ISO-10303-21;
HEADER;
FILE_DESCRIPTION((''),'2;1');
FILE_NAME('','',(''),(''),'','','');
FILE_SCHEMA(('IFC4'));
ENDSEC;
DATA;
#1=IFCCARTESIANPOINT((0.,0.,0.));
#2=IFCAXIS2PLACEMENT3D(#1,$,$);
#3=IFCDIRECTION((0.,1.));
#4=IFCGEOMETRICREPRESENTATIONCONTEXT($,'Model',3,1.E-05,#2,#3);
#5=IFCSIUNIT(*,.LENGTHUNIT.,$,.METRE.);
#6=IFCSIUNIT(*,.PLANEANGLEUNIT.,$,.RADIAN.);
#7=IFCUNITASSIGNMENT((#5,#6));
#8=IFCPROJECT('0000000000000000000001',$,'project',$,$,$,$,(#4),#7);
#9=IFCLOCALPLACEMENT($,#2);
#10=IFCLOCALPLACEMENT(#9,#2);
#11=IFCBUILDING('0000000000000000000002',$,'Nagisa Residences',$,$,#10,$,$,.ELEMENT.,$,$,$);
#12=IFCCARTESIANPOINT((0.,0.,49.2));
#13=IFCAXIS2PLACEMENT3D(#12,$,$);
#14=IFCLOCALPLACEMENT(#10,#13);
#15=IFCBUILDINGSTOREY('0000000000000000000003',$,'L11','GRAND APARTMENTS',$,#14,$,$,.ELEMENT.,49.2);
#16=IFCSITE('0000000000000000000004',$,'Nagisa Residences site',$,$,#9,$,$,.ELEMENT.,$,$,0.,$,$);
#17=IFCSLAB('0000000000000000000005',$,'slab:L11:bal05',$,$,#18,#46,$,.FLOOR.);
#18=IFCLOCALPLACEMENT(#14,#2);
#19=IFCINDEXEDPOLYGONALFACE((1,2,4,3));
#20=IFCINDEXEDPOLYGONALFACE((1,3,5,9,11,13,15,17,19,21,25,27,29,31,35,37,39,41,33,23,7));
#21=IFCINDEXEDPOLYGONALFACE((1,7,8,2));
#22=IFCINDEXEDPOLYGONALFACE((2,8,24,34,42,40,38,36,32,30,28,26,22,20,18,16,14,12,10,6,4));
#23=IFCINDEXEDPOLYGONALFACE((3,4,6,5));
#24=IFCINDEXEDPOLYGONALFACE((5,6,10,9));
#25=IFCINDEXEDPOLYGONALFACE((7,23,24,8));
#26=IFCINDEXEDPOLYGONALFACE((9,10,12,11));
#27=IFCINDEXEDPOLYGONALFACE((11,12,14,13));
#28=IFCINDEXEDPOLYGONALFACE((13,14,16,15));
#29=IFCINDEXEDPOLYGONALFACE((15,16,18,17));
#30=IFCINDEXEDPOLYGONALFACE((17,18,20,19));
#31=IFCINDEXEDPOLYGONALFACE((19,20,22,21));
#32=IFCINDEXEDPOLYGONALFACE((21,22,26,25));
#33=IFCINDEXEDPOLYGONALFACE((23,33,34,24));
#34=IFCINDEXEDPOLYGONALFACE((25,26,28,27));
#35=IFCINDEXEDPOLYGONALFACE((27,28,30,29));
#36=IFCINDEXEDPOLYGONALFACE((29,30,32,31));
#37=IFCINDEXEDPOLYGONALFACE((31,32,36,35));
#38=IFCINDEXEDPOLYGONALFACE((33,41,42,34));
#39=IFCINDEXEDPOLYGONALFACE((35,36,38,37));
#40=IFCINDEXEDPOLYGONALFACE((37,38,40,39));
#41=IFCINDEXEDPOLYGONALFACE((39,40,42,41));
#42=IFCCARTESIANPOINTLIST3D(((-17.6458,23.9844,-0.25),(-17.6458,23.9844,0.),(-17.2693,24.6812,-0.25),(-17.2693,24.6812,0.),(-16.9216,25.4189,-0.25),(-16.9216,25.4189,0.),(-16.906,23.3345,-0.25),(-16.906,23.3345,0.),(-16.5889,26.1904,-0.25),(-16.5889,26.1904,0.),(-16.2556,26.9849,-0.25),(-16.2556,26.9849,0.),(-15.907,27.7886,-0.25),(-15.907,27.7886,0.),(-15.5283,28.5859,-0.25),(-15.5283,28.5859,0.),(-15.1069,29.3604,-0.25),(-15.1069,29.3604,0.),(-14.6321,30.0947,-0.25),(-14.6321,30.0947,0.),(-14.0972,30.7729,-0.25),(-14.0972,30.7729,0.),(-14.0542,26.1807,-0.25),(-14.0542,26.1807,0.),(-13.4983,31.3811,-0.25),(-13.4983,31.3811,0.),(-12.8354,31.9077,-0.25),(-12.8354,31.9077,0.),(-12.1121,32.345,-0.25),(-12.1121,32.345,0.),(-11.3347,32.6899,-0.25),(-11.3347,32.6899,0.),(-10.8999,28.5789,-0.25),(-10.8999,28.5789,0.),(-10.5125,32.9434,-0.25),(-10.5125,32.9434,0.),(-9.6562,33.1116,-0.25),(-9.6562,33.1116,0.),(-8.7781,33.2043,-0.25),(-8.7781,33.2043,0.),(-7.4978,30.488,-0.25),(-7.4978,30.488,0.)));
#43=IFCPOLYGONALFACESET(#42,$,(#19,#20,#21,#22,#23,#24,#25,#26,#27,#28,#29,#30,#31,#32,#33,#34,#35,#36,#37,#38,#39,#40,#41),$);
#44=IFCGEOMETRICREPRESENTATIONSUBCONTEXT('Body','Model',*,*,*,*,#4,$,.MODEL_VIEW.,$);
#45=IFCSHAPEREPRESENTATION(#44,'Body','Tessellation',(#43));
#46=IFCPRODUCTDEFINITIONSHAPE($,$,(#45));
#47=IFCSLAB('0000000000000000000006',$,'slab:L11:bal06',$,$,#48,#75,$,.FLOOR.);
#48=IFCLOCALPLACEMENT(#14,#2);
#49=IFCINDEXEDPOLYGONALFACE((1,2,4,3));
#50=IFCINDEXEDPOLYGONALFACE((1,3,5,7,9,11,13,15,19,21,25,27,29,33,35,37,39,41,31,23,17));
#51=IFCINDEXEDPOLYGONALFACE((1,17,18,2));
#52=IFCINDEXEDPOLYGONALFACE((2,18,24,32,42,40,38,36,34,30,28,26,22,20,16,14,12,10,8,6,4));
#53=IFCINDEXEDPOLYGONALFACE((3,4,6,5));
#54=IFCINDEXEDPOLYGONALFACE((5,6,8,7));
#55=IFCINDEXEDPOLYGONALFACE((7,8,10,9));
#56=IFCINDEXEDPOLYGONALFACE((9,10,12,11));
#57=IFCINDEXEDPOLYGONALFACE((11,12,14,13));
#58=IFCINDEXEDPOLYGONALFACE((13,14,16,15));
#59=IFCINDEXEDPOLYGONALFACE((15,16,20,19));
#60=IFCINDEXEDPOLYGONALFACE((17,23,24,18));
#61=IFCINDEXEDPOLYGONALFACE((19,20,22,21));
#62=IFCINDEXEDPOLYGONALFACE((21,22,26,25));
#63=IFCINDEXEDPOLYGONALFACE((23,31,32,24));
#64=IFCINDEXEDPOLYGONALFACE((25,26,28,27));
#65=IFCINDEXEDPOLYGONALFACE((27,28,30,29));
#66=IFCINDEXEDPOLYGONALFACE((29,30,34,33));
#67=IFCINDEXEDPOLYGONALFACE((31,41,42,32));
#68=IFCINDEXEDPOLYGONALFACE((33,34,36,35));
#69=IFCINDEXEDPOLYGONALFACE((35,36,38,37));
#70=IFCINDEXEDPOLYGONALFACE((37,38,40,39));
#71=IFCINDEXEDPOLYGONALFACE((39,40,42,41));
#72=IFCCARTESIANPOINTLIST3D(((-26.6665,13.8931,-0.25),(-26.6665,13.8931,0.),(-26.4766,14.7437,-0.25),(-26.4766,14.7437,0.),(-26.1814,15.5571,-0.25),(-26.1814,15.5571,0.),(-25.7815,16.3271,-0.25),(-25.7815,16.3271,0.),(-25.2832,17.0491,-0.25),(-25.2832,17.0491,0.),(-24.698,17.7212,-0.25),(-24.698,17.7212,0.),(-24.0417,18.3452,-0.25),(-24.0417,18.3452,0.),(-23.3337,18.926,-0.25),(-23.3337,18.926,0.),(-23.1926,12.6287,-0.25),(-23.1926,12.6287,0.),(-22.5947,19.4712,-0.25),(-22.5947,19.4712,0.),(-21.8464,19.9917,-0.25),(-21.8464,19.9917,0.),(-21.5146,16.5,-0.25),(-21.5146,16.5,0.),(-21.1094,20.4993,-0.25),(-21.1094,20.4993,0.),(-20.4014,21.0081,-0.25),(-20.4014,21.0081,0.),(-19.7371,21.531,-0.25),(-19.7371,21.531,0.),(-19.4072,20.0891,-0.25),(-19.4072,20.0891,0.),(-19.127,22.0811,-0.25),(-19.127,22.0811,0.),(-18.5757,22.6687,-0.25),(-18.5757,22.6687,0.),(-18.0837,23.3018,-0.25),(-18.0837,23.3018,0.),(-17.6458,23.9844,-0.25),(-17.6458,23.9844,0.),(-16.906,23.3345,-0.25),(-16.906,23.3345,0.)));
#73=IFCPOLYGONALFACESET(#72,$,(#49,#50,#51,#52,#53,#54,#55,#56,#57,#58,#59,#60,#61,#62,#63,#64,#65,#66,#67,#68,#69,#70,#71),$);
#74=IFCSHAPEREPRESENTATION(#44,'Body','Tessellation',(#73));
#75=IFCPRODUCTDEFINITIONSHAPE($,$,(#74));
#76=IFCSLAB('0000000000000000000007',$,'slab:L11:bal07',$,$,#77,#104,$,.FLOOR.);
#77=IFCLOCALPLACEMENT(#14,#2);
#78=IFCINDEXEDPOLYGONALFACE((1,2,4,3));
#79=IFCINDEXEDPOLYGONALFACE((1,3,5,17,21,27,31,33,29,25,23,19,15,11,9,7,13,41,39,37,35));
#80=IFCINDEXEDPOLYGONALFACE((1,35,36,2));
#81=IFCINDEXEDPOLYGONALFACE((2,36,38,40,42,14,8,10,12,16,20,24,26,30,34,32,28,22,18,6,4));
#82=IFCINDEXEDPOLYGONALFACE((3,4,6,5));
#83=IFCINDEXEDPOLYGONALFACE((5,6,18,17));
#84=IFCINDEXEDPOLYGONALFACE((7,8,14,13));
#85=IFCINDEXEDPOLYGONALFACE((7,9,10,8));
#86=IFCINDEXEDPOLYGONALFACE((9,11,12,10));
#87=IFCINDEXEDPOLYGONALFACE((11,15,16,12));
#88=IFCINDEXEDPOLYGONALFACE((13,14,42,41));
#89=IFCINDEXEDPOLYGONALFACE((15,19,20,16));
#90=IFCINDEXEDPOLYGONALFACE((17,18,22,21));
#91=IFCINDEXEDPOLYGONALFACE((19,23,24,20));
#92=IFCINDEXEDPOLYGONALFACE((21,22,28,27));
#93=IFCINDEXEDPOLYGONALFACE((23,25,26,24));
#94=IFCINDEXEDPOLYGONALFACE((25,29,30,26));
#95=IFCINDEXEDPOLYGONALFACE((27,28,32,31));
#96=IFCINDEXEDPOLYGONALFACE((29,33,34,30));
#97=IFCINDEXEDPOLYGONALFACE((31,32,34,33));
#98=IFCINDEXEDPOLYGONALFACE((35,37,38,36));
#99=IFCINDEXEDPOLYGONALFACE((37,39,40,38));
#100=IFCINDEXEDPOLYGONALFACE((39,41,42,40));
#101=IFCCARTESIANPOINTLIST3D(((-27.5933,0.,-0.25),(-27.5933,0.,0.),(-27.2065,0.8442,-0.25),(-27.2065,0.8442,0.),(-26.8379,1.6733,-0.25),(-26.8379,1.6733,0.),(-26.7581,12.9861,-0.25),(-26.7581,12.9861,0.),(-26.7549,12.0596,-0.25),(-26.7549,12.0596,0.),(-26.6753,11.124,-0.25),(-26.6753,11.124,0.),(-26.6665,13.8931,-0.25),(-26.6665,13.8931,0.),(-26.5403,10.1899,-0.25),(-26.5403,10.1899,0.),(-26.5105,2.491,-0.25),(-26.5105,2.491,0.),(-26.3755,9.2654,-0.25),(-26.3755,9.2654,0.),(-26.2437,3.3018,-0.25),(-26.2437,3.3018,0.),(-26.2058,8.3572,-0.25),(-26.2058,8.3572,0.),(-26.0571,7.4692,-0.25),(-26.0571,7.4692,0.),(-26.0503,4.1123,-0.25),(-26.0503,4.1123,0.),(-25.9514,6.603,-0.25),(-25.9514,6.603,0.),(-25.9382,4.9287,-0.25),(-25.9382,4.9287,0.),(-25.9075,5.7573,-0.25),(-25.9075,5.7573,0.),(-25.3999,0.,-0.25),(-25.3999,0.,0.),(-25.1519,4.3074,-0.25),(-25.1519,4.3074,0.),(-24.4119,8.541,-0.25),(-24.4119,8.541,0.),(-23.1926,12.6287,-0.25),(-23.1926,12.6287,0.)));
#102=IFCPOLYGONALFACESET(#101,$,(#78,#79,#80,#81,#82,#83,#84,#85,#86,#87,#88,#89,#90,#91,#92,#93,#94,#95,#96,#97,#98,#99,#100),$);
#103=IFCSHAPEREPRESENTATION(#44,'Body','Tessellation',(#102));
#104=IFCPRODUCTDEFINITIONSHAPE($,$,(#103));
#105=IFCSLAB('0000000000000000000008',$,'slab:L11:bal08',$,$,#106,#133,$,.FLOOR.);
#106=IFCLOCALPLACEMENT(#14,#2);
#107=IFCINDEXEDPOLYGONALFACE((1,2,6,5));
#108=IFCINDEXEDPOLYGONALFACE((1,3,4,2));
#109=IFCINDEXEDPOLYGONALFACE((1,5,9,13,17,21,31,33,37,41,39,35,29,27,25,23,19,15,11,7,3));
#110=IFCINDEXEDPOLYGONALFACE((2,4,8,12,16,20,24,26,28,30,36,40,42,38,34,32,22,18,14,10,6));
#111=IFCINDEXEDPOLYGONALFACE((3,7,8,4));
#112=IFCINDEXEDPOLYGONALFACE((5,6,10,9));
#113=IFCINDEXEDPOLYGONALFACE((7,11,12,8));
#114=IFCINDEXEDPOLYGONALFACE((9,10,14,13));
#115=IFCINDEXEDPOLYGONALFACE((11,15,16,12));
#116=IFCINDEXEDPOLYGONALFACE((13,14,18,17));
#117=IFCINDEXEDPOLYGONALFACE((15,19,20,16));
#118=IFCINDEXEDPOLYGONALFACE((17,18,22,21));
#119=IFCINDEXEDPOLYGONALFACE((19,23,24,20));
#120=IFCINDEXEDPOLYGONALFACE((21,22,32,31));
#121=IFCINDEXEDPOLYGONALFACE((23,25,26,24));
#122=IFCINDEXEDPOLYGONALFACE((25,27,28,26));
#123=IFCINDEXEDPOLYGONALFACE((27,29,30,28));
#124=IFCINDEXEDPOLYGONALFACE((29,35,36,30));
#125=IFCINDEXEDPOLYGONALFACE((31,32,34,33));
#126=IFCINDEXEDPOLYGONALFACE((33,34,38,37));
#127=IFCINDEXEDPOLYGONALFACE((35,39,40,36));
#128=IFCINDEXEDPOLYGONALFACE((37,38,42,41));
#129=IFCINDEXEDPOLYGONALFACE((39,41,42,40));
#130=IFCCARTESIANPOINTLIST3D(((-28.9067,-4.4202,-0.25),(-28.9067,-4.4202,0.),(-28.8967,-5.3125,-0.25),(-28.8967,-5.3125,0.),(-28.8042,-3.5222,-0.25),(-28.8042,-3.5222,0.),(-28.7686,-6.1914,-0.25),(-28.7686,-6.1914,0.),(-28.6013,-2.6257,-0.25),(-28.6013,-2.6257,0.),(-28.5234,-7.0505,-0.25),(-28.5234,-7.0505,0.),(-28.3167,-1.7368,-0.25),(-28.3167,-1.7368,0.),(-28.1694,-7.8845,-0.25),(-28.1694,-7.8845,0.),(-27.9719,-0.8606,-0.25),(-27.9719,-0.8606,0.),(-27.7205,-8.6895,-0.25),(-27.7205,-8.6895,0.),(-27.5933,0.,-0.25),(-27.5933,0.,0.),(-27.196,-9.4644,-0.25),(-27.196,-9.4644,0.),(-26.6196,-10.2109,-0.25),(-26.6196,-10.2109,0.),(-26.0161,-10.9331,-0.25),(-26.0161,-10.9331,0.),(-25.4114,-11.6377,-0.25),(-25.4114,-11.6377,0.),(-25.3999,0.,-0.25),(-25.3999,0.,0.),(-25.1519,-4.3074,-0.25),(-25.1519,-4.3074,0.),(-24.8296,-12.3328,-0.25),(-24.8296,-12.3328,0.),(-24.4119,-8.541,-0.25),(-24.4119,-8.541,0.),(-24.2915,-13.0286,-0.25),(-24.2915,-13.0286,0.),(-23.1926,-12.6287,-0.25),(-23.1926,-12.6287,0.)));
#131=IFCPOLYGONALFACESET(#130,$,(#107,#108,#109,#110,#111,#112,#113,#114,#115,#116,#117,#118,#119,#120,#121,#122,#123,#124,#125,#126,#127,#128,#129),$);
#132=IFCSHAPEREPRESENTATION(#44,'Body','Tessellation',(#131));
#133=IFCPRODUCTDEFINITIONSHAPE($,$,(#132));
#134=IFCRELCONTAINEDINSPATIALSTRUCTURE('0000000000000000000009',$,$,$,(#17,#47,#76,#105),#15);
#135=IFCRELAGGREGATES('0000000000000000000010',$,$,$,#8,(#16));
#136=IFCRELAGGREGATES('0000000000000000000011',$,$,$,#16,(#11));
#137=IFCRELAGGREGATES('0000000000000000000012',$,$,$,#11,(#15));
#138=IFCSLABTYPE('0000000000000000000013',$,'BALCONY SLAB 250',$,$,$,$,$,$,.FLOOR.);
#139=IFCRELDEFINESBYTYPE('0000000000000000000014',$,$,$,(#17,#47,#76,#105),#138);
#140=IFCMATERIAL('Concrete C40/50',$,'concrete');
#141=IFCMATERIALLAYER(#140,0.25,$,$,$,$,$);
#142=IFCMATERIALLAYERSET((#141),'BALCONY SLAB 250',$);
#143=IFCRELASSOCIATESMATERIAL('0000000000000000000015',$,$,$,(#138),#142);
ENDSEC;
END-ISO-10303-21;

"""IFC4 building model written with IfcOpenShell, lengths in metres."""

from ifc_helpers import new_model, si_unit, direction, frame, origin, place, context, subcontext, project, spatial, polyline, outline, extrude, material, layer, layer_set, type_object, element, save


model = new_model("IFC4")

# Units and contexts
model_context = context("Model", 3, precision=1e-05, world=origin(), true_north=direction((0.0, 1.0)))
body_context = subcontext(model_context, "Body", "Model", "MODEL_VIEW")
ifc_project = project(units=[si_unit("LENGTHUNIT", "METRE"), si_unit("PLANEANGLEUNIT", "RADIAN")], contexts=[model_context])

# Site, building, storey
site_placement = place(None, origin())
site = spatial("IfcSite", under=ifc_project, at=site_placement, Name="Nagisa Residences site", CompositionType="ELEMENT", RefElevation=0.0)
building_placement = place(site_placement, origin())
building = spatial("IfcBuilding", under=site, at=building_placement, Name="Nagisa Residences", CompositionType="ELEMENT")
storey_placement = place(building_placement, frame((0.0, 0.0, 49.2)))
storey = spatial("IfcBuildingStorey", under=building, at=storey_placement, Name="L11", Description="GRAND APARTMENTS", CompositionType="ELEMENT", Elevation=49.2)

# Slabs
ifc_material_1 = material(Name="Concrete C40/50", Category="concrete")
ifc_layer_1 = layer(ifc_material_1, 0.25)
ifc_layer_set_1 = layer_set([ifc_layer_1], Name="BALCONY SLAB 250")
slab_type_1 = type_object("IfcSlabType", Name="BALCONY SLAB 250", PredefinedType="FLOOR", material=ifc_layer_set_1)
slab_1_placement = place(storey_placement, frame((0.0, 0.0, -0.25)))
element("IfcSlab", 1, at=slab_1_placement, inside=storey, type_object=slab_type_1, Name="slab:L11:bal05", PredefinedType="FLOOR", context=body_context, shape_type="SweptSolid", body=[
    extrude(outline(polyline([(-8.7781, 33.2043), (-9.6562, 33.1116), (-10.5125, 32.9434), (-11.3347, 32.6899), (-12.1121, 32.345), (-12.8354, 31.9077), (-13.4983, 31.3811), (-14.0972, 30.7729), (-14.6321, 30.0947), (-15.1069, 29.3604), (-15.5283, 28.5859), (-15.907, 27.7886), (-16.2556, 26.9849), (-16.5889, 26.1904), (-16.9216, 25.4189), (-17.2693, 24.6812), (-17.6458, 23.9844), (-16.906, 23.3345), (-14.0542, 26.1807), (-10.8999, 28.5789), (-7.4978, 30.488), (-8.7781, 33.2043)])), origin(), (0.0, 0.0, 1.0), 0.25),
])
slab_2_placement = place(storey_placement, frame((0.0, 0.0, -0.25)))
element("IfcSlab", 2, at=slab_2_placement, inside=storey, type_object=slab_type_1, Name="slab:L11:bal06", PredefinedType="FLOOR", context=body_context, shape_type="SweptSolid", body=[
    extrude(outline(polyline([(-17.6458, 23.9844), (-18.0837, 23.3018), (-18.5757, 22.6687), (-19.127, 22.0811), (-19.7371, 21.531), (-20.4014, 21.0081), (-21.1094, 20.4993), (-21.8464, 19.9917), (-22.5947, 19.4712), (-23.3337, 18.926), (-24.0417, 18.3452), (-24.698, 17.7212), (-25.2832, 17.0491), (-25.7815, 16.3271), (-26.1814, 15.5571), (-26.4766, 14.7437), (-26.6665, 13.8931), (-23.1926, 12.6287), (-21.5146, 16.5), (-19.4072, 20.0891), (-16.906, 23.3345), (-17.6458, 23.9844)])), origin(), (0.0, 0.0, 1.0), 0.25),
])
slab_3_placement = place(storey_placement, frame((0.0, 0.0, -0.25)))
element("IfcSlab", 3, at=slab_3_placement, inside=storey, type_object=slab_type_1, Name="slab:L11:bal07", PredefinedType="FLOOR", context=body_context, shape_type="SweptSolid", body=[
    extrude(outline(polyline([(-26.6665, 13.8931), (-26.7581, 12.9861), (-26.7549, 12.0596), (-26.6753, 11.124), (-26.5403, 10.1899), (-26.3755, 9.2654), (-26.2058, 8.3572), (-26.0571, 7.4692), (-25.9514, 6.603), (-25.9075, 5.7573), (-25.9382, 4.9287), (-26.0503, 4.1123), (-26.2437, 3.3018), (-26.5105, 2.491), (-26.8379, 1.6733), (-27.2065, 0.8442), (-27.5933, 0.0), (-25.3999, 0.0), (-25.1519, 4.3074), (-24.4119, 8.541), (-23.1926, 12.6287), (-26.6665, 13.8931)])), origin(), (0.0, 0.0, 1.0), 0.25),
])
slab_4_placement = place(storey_placement, frame((0.0, 0.0, -0.25)))
element("IfcSlab", 4, at=slab_4_placement, inside=storey, type_object=slab_type_1, Name="slab:L11:bal08", PredefinedType="FLOOR", context=body_context, shape_type="SweptSolid", body=[
    extrude(outline(polyline([(-27.5933, 0.0), (-27.9719, -0.8606), (-28.3167, -1.7368), (-28.6013, -2.6257), (-28.8042, -3.5222), (-28.9067, -4.4202), (-28.8967, -5.3125), (-28.7686, -6.1914), (-28.5234, -7.0505), (-28.1694, -7.8845), (-27.7205, -8.6895), (-27.196, -9.4644), (-26.6196, -10.2109), (-26.0161, -10.9331), (-25.4114, -11.6377), (-24.8296, -12.3328), (-24.2915, -13.0286), (-23.1926, -12.6287), (-24.4119, -8.541), (-25.1519, -4.3074), (-25.3999, 0.0), (-27.5933, 0.0)])), origin(), (0.0, 0.0, 1.0), 0.25),
])

save(model, "model.ifc")
